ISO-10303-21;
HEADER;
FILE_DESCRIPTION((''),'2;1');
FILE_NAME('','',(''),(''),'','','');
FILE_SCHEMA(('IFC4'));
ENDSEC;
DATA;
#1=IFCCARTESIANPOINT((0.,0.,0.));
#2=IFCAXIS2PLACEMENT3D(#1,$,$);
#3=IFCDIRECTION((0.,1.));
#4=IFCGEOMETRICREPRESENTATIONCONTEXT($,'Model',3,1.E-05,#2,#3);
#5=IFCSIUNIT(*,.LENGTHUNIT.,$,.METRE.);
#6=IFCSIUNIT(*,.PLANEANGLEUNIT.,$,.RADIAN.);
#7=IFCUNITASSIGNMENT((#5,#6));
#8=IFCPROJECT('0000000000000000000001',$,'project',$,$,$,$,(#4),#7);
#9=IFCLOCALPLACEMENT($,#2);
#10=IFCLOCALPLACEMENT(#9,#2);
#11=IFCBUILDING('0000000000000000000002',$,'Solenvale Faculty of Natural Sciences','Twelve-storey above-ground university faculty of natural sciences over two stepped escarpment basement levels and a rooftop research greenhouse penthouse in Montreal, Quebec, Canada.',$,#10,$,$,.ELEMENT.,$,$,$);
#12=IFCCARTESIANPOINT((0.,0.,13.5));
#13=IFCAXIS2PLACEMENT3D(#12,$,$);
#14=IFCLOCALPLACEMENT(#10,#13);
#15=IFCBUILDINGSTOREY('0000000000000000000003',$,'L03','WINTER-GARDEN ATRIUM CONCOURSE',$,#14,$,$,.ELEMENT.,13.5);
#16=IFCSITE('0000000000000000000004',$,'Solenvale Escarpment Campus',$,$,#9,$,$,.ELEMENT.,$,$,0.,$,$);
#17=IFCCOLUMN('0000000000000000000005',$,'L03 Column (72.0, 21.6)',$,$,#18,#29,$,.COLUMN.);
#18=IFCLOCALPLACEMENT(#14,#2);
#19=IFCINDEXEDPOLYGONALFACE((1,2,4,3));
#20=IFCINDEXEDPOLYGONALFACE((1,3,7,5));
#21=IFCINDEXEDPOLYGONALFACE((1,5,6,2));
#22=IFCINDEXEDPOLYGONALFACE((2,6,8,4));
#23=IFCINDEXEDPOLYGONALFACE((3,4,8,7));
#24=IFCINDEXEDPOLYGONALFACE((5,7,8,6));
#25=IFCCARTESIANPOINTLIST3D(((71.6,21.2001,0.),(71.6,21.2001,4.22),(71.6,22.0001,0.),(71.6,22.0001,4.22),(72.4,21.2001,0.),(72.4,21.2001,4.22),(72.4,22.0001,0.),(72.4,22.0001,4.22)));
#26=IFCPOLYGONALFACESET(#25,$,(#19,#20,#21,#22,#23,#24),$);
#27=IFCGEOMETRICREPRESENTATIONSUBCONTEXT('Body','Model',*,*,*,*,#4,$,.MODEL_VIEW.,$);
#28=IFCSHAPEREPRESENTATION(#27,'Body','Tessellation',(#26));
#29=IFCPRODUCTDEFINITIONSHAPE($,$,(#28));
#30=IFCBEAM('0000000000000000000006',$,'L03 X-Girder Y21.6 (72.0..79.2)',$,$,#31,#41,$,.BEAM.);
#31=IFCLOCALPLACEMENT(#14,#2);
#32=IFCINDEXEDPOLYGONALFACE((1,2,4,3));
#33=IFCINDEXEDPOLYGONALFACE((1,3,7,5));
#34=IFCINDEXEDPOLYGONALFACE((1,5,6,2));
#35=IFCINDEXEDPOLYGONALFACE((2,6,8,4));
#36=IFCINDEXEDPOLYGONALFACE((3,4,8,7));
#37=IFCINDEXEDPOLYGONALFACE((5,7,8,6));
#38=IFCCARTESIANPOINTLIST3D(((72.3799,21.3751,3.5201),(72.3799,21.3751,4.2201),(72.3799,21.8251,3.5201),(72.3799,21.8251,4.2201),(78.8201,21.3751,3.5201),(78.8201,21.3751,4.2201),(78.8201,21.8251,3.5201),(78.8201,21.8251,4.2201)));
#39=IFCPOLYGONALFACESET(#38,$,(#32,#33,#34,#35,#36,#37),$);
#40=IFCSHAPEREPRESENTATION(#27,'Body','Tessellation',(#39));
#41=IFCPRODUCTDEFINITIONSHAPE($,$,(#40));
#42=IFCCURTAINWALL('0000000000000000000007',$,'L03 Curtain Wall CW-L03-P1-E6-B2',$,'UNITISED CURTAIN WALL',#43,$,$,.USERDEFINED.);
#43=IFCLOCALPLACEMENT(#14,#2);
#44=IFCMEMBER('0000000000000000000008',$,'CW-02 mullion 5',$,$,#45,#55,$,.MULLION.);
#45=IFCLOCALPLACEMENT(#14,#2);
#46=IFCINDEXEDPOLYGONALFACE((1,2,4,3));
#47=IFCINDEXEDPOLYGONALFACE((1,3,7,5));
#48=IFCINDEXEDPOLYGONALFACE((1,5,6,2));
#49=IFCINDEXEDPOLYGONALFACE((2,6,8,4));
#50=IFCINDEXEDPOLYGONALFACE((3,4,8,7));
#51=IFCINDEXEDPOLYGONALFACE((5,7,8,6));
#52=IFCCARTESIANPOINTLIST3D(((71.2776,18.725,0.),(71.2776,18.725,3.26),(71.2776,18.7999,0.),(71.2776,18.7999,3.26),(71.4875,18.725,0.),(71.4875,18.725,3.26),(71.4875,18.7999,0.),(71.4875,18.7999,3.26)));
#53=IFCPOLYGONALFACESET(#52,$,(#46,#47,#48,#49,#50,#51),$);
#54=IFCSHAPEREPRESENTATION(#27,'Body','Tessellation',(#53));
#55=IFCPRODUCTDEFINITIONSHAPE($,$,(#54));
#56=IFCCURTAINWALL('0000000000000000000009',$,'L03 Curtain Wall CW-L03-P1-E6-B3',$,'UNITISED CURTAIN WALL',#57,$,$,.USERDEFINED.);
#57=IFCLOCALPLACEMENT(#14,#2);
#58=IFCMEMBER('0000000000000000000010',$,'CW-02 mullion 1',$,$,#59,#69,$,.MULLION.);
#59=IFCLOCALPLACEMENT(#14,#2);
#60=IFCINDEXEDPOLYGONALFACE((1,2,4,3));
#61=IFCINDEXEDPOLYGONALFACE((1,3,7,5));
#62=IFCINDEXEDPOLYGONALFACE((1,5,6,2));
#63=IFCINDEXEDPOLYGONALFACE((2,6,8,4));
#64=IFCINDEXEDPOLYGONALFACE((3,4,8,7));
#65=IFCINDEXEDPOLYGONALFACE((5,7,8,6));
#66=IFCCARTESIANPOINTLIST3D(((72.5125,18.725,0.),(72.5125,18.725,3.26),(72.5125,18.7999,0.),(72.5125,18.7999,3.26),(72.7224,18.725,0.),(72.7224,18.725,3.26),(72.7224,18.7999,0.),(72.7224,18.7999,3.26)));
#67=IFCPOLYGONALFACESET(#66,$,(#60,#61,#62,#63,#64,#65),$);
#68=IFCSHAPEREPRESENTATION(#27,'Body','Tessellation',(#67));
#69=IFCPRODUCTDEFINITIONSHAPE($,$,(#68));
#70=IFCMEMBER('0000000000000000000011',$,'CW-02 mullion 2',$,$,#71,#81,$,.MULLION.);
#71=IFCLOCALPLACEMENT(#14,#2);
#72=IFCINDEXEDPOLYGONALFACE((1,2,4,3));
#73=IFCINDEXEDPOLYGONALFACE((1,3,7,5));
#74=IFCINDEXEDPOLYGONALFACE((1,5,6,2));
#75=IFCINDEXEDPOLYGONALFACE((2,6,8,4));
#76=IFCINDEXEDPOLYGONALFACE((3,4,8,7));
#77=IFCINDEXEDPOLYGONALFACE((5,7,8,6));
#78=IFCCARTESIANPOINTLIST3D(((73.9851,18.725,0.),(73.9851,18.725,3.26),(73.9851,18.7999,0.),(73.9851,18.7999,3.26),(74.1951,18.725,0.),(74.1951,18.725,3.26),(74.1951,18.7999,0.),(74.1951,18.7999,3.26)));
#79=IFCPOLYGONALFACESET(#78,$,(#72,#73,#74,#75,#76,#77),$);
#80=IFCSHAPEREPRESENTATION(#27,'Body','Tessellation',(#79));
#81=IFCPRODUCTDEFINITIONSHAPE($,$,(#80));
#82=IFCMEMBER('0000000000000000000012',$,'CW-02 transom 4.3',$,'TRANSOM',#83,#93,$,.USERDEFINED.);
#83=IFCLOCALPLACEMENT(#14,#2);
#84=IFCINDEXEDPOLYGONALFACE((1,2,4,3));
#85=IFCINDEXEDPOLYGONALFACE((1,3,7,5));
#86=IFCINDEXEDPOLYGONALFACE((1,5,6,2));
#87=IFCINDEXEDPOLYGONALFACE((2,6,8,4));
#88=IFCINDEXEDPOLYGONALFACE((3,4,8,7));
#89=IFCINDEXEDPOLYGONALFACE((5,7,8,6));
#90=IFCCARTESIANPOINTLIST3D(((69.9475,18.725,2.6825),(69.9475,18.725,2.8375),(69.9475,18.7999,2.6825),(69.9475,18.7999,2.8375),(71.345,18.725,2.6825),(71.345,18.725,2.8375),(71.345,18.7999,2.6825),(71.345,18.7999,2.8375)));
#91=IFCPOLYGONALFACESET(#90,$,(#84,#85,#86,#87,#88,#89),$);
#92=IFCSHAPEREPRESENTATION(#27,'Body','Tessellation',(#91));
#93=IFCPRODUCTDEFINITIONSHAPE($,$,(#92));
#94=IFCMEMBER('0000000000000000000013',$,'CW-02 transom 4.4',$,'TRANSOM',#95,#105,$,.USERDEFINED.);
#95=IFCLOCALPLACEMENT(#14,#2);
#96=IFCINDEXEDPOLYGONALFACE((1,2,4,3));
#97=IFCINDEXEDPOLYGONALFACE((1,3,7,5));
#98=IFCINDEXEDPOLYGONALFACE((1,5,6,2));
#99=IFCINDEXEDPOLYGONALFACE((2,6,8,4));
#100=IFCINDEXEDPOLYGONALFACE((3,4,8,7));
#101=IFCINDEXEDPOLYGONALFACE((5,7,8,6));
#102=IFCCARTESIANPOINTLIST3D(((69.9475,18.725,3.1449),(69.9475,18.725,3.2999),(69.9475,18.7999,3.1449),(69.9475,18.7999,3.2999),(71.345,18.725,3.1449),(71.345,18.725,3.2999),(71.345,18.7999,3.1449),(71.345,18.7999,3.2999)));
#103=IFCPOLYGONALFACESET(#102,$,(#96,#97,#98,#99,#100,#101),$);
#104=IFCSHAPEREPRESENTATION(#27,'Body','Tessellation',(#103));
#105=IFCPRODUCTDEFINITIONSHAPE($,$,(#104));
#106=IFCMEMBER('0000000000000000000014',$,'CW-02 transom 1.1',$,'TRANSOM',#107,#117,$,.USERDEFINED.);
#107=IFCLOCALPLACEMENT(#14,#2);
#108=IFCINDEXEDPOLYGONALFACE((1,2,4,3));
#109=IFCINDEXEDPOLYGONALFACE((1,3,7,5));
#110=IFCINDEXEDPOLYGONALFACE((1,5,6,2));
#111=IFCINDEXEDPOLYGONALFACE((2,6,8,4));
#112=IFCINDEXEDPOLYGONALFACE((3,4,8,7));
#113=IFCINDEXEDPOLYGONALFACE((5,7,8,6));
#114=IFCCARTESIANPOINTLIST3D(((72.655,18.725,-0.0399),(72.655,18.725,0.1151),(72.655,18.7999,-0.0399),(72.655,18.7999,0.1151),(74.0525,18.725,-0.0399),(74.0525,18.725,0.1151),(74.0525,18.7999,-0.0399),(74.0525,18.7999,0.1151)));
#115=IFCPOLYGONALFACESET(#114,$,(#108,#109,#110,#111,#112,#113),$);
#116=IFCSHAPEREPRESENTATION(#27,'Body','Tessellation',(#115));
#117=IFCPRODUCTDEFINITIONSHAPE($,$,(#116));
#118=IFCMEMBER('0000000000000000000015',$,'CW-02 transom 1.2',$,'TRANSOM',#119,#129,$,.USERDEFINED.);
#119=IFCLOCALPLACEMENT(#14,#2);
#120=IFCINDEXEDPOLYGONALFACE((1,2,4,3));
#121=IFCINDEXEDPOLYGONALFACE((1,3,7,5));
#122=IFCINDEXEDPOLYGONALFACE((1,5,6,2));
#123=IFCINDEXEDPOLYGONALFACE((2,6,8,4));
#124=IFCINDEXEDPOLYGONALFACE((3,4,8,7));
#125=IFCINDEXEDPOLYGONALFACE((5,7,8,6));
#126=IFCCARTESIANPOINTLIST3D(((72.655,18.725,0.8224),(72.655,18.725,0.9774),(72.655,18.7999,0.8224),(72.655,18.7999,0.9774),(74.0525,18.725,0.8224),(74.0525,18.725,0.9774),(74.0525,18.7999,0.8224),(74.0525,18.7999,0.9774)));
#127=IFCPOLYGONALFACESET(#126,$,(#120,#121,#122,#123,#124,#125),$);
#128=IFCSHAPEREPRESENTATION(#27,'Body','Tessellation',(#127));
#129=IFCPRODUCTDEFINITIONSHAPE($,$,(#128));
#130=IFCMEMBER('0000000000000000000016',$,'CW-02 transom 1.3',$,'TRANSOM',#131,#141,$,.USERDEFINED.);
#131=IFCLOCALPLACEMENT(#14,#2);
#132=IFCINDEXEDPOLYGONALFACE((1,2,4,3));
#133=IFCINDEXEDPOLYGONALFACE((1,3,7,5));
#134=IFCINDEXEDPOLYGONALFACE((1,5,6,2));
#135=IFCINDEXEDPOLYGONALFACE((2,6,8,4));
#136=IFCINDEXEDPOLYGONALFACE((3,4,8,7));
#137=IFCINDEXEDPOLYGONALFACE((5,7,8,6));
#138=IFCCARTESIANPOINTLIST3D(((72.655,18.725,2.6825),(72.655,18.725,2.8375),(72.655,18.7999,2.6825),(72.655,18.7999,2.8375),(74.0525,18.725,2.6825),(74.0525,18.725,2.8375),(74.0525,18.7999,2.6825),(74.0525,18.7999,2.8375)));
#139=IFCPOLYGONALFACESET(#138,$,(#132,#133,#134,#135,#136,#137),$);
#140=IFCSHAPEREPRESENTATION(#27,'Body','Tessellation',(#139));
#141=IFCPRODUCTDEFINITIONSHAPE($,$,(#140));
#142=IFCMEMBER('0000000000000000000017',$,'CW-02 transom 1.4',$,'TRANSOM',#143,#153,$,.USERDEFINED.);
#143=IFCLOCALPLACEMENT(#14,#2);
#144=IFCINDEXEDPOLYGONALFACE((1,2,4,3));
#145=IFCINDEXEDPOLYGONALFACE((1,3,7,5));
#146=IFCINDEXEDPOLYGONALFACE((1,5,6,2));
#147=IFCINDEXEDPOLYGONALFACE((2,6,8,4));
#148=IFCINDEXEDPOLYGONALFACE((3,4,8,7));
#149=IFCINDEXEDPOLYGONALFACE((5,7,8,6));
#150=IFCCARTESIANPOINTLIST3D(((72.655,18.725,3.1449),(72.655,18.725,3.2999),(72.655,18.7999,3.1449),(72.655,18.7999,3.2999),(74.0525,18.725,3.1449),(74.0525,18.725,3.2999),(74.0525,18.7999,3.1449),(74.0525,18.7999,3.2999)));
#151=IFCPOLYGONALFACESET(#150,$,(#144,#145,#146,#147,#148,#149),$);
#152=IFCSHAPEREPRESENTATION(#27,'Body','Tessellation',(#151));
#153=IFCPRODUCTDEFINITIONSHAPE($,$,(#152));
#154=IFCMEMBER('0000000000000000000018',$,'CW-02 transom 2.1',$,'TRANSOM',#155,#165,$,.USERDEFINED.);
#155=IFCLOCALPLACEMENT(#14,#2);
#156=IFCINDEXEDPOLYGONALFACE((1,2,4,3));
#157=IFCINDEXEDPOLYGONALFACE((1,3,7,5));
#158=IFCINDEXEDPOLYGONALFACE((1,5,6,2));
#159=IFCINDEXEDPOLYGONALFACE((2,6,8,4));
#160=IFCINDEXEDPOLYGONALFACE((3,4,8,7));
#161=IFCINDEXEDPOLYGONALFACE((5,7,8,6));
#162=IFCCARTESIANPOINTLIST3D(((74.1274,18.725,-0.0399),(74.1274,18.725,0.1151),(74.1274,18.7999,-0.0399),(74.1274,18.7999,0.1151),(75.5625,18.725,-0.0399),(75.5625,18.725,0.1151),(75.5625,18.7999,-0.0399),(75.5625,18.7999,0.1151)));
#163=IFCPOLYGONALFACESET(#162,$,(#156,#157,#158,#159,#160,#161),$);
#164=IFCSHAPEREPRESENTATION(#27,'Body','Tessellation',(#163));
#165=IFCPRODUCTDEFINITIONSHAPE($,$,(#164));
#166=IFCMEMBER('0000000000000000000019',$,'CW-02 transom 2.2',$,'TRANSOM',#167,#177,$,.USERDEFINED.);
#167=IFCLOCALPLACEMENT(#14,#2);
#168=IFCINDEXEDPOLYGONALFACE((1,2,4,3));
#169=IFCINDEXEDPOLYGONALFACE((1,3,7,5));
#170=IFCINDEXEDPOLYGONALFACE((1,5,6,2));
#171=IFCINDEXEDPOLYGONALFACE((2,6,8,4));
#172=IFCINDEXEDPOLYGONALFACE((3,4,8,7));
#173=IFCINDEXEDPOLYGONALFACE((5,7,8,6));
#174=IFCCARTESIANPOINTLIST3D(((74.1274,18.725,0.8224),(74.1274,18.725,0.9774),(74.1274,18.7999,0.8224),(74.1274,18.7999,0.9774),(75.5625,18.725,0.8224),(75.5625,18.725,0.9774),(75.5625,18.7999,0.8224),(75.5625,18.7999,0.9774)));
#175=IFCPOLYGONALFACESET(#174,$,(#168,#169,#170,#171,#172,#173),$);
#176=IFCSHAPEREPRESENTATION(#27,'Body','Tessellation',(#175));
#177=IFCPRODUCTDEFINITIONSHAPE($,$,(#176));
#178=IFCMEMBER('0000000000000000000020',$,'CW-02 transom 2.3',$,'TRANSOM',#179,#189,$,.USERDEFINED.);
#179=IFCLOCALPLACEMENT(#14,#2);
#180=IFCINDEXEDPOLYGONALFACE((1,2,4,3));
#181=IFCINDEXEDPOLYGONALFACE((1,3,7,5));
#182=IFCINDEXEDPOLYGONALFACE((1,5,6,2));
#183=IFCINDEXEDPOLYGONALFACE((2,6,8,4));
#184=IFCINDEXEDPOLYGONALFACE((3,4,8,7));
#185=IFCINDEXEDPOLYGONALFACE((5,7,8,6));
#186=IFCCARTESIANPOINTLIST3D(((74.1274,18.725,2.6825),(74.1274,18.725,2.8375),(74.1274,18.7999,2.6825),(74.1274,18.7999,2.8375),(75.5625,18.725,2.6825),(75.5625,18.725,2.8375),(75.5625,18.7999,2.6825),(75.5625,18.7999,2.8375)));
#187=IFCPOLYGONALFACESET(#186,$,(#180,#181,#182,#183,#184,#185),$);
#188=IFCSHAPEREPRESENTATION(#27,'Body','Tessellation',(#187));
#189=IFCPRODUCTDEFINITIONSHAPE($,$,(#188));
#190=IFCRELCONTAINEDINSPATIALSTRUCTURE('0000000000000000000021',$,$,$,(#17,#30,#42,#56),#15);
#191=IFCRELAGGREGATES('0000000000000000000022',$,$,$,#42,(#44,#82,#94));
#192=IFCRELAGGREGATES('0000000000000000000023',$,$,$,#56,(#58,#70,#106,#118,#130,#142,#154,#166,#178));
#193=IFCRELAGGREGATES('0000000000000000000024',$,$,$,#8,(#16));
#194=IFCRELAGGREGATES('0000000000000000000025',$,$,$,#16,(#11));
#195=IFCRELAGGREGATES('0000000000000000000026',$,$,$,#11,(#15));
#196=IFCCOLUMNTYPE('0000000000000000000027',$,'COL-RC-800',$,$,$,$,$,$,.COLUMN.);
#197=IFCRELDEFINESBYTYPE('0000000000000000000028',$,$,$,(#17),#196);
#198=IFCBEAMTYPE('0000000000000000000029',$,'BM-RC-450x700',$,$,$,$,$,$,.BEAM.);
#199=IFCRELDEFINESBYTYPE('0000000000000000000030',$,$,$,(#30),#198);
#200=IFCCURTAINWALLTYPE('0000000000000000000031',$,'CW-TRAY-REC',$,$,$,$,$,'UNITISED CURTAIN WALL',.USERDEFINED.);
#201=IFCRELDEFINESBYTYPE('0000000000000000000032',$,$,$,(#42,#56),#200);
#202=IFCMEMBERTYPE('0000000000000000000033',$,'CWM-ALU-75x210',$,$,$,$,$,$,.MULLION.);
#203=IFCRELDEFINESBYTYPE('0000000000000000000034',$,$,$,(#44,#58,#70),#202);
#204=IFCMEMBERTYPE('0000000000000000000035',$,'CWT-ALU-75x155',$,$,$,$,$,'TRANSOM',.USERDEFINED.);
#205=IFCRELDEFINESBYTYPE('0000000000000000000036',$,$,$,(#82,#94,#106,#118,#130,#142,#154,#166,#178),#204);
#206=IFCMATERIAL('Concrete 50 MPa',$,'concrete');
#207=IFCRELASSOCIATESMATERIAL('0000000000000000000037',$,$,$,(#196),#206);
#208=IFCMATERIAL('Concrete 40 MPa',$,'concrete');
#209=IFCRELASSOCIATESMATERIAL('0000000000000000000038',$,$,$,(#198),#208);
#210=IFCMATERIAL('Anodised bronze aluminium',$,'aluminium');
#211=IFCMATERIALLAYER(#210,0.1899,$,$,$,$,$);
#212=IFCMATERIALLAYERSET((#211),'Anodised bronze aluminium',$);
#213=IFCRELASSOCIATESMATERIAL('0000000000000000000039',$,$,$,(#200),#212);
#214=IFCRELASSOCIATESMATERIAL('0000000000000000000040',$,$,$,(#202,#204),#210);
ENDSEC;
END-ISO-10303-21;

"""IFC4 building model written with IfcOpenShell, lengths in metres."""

from ifc_helpers import new_model, si_unit, direction, frame, origin, origin_2d, place, context, subcontext, project, spatial, rectangle, extrude, material, layer, layer_set, material_profile, profile_set, type_object, element, aggregate, save


model = new_model("IFC4")

# Units and contexts
model_context = context("Model", 3, precision=1e-05, world=origin(), true_north=direction((0.0, 1.0)))
body_context = subcontext(model_context, "Body", "Model", "MODEL_VIEW")
ifc_project = project(units=[si_unit("LENGTHUNIT", "METRE"), si_unit("PLANEANGLEUNIT", "RADIAN")], contexts=[model_context])

# Site, building, storey
site_placement = place(None, origin())
site = spatial("IfcSite", under=ifc_project, at=site_placement, Name="Solenvale Escarpment Campus", CompositionType="ELEMENT", RefElevation=0.0)
building_placement = place(site_placement, origin())
building = spatial("IfcBuilding", under=site, at=building_placement, Name="Solenvale Faculty of Natural Sciences", Description="Twelve-storey above-ground university faculty of natural sciences over two stepped escarpment basement levels and a rooftop research greenhouse penthouse in Montreal, Quebec, Canada.", CompositionType="ELEMENT")
storey_placement = place(building_placement, frame((0.0, 0.0, 13.5)))
storey = spatial("IfcBuildingStorey", under=building, at=storey_placement, Name="L03", Description="WINTER-GARDEN ATRIUM CONCOURSE", CompositionType="ELEMENT", Elevation=13.5)

# Column
ifc_material_1 = material(Name="Concrete 50 MPa", Category="concrete")
ifc_material_profile_1 = material_profile(ifc_material_1, rectangle(XDim=0.8, YDim=0.8, at=origin_2d()), Name="RC-COL-800x800")
ifc_profile_set_1 = profile_set([ifc_material_profile_1], Name="Concrete 50 MPa")
column_type = type_object("IfcColumnType", Name="COL-RC-800", PredefinedType="COLUMN", material=ifc_profile_set_1)
column_placement = place(storey_placement, frame((72.0, 21.6001, 0.0), z_axis=(0.0, 0.0, 1.0), x_axis=(1.0, 0.0, 0.0)))
element("IfcColumn", 1, at=column_placement, inside=storey, type_object=column_type, Name="L03 Column (72.0, 21.6)", PredefinedType="COLUMN", context=body_context, shape_type="SweptSolid", body=[
    extrude(rectangle(XDim=0.8, YDim=0.8, at=origin_2d()), origin(), (0.0, 0.0, 1.0), 4.22),
])

# Beam
ifc_material_2 = material(Name="Concrete 40 MPa", Category="concrete")
ifc_material_profile_2 = material_profile(ifc_material_2, rectangle(XDim=0.45, YDim=0.7, at=origin_2d()), Name="RC-BM-450x700")
ifc_profile_set_2 = profile_set([ifc_material_profile_2], Name="Concrete 40 MPa")
beam_type = type_object("IfcBeamType", Name="BM-RC-450x700", PredefinedType="BEAM", material=ifc_profile_set_2)
beam_placement = place(storey_placement, frame((72.3799, 21.6001, 3.8701), z_axis=(1.0, 0.0, 0.0), x_axis=(0.0, 1.0, 0.0)))
element("IfcBeam", 2, at=beam_placement, inside=storey, type_object=beam_type, Name="L03 X-Girder Y21.6 (72.0..79.2)", PredefinedType="BEAM", context=body_context, shape_type="SweptSolid", body=[
    extrude(rectangle(XDim=0.45, YDim=0.7, at=origin_2d()), origin(), (0.0, 0.0, 1.0), 6.4402),
])

# Curtain wall, member
ifc_material_3 = material(Name="Anodised bronze aluminium", Category="aluminium")
ifc_layer_1 = layer(ifc_material_3, 0.1899)
ifc_layer_set_1 = layer_set([ifc_layer_1], Name="Anodised bronze aluminium")
curtain_wall_type = type_object("IfcCurtainWallType", Name="CW-TRAY-REC", ElementType="UNITISED CURTAIN WALL", PredefinedType="USERDEFINED", material=ifc_layer_set_1)
curtain_wall_1_placement = place(storey_placement, origin())
curtain_wall_1 = element("IfcCurtainWall", 3, at=curtain_wall_1_placement, inside=storey, type_object=curtain_wall_type, Name="L03 Curtain Wall CW-L03-P1-E6-B2", ObjectType="UNITISED CURTAIN WALL", PredefinedType="USERDEFINED")
ifc_material_profile_3 = material_profile(ifc_material_3, rectangle(XDim=0.075, YDim=0.21, at=origin_2d()), Name="ALU-MUL-75x210")
ifc_profile_set_3 = profile_set([ifc_material_profile_3], Name="Anodised bronze aluminium")
member_type_1 = type_object("IfcMemberType", Name="CWM-ALU-75x210", PredefinedType="MULLION", material=ifc_profile_set_3)
member_1_placement = place(storey_placement, frame((71.3826, 18.7625, 0.0), z_axis=(0.0, 0.0, 1.0), x_axis=(0.0, 1.0, 0.0)))
member_1 = element("IfcMember", 4, at=member_1_placement, type_object=member_type_1, Name="CW-02 mullion 5", PredefinedType="MULLION", context=body_context, shape_type="SweptSolid", body=[
    extrude(rectangle(XDim=0.075, YDim=0.21, at=origin_2d()), origin(), (0.0, 0.0, 1.0), 3.26),
])

# Curtain wall, members
curtain_wall_2_placement = place(storey_placement, origin())
curtain_wall_2 = element("IfcCurtainWall", 5, at=curtain_wall_2_placement, inside=storey, type_object=curtain_wall_type, Name="L03 Curtain Wall CW-L03-P1-E6-B3", ObjectType="UNITISED CURTAIN WALL", PredefinedType="USERDEFINED")
member_2_placement = place(storey_placement, frame((72.6174, 18.7625, 0.0), z_axis=(0.0, 0.0, 1.0), x_axis=(0.0, 1.0, 0.0)))
member_2 = element("IfcMember", 6, at=member_2_placement, type_object=member_type_1, Name="CW-02 mullion 1", PredefinedType="MULLION", context=body_context, shape_type="SweptSolid", body=[
    extrude(rectangle(XDim=0.075, YDim=0.21, at=origin_2d()), origin(), (0.0, 0.0, 1.0), 3.26),
])
member_3_placement = place(storey_placement, frame((74.0901, 18.7625, 0.0), z_axis=(0.0, 0.0, 1.0), x_axis=(0.0, 1.0, 0.0)))
member_3 = element("IfcMember", 7, at=member_3_placement, type_object=member_type_1, Name="CW-02 mullion 2", PredefinedType="MULLION", context=body_context, shape_type="SweptSolid", body=[
    extrude(rectangle(XDim=0.075, YDim=0.21, at=origin_2d()), origin(), (0.0, 0.0, 1.0), 3.26),
])

# Members
ifc_material_profile_4 = material_profile(ifc_material_3, rectangle(XDim=0.075, YDim=0.155, at=origin_2d()), Name="ALU-TRN-75x155")
ifc_profile_set_4 = profile_set([ifc_material_profile_4], Name="Anodised bronze aluminium")
member_type_2 = type_object("IfcMemberType", Name="CWT-ALU-75x155", ElementType="TRANSOM", PredefinedType="USERDEFINED", material=ifc_profile_set_4)
member_4_placement = place(storey_placement, frame((69.9475, 18.7625, 2.76), z_axis=(1.0, 0.0, 0.0), x_axis=(0.0, 1.0, 0.0)))
member_4 = element("IfcMember", 8, at=member_4_placement, type_object=member_type_2, Name="CW-02 transom 4.3", ObjectType="TRANSOM", PredefinedType="USERDEFINED", context=body_context, shape_type="SweptSolid", body=[
    extrude(rectangle(XDim=0.075, YDim=0.155, at=origin_2d()), origin(), (0.0, 0.0, 1.0), 1.3975),
])
member_5_placement = place(storey_placement, frame((69.9475, 18.7625, 3.2224), z_axis=(1.0, 0.0, 0.0), x_axis=(0.0, 1.0, 0.0)))
member_5 = element("IfcMember", 9, at=member_5_placement, type_object=member_type_2, Name="CW-02 transom 4.4", ObjectType="TRANSOM", PredefinedType="USERDEFINED", context=body_context, shape_type="SweptSolid", body=[
    extrude(rectangle(XDim=0.075, YDim=0.155, at=origin_2d()), origin(), (0.0, 0.0, 1.0), 1.3975),
])
member_6_placement = place(storey_placement, frame((72.655, 18.7625, 0.0376), z_axis=(1.0, 0.0, 0.0), x_axis=(0.0, 1.0, 0.0)))
member_6 = element("IfcMember", 10, at=member_6_placement, type_object=member_type_2, Name="CW-02 transom 1.1", ObjectType="TRANSOM", PredefinedType="USERDEFINED", context=body_context, shape_type="SweptSolid", body=[
    extrude(rectangle(XDim=0.075, YDim=0.155, at=origin_2d()), origin(), (0.0, 0.0, 1.0), 1.3975),
])
member_7_placement = place(storey_placement, frame((72.655, 18.7625, 0.8999), z_axis=(1.0, 0.0, 0.0), x_axis=(0.0, 1.0, 0.0)))
member_7 = element("IfcMember", 11, at=member_7_placement, type_object=member_type_2, Name="CW-02 transom 1.2", ObjectType="TRANSOM", PredefinedType="USERDEFINED", context=body_context, shape_type="SweptSolid", body=[
    extrude(rectangle(XDim=0.075, YDim=0.155, at=origin_2d()), origin(), (0.0, 0.0, 1.0), 1.3975),
])
member_8_placement = place(storey_placement, frame((72.655, 18.7625, 2.76), z_axis=(1.0, 0.0, 0.0), x_axis=(0.0, 1.0, 0.0)))
member_8 = element("IfcMember", 12, at=member_8_placement, type_object=member_type_2, Name="CW-02 transom 1.3", ObjectType="TRANSOM", PredefinedType="USERDEFINED", context=body_context, shape_type="SweptSolid", body=[
    extrude(rectangle(XDim=0.075, YDim=0.155, at=origin_2d()), origin(), (0.0, 0.0, 1.0), 1.3975),
])
member_9_placement = place(storey_placement, frame((72.655, 18.7625, 3.2224), z_axis=(1.0, 0.0, 0.0), x_axis=(0.0, 1.0, 0.0)))
member_9 = element("IfcMember", 13, at=member_9_placement, type_object=member_type_2, Name="CW-02 transom 1.4", ObjectType="TRANSOM", PredefinedType="USERDEFINED", context=body_context, shape_type="SweptSolid", body=[
    extrude(rectangle(XDim=0.075, YDim=0.155, at=origin_2d()), origin(), (0.0, 0.0, 1.0), 1.3975),
])
member_10_placement = place(storey_placement, frame((74.1274, 18.7625, 0.0376), z_axis=(1.0, 0.0, 0.0), x_axis=(0.0, 1.0, 0.0)))
member_10 = element("IfcMember", 14, at=member_10_placement, type_object=member_type_2, Name="CW-02 transom 2.1", ObjectType="TRANSOM", PredefinedType="USERDEFINED", context=body_context, shape_type="SweptSolid", body=[
    extrude(rectangle(XDim=0.075, YDim=0.155, at=origin_2d()), origin(), (0.0, 0.0, 1.0), 1.4351),
])
member_11_placement = place(storey_placement, frame((74.1274, 18.7625, 0.8999), z_axis=(1.0, 0.0, 0.0), x_axis=(0.0, 1.0, 0.0)))
member_11 = element("IfcMember", 15, at=member_11_placement, type_object=member_type_2, Name="CW-02 transom 2.2", ObjectType="TRANSOM", PredefinedType="USERDEFINED", context=body_context, shape_type="SweptSolid", body=[
    extrude(rectangle(XDim=0.075, YDim=0.155, at=origin_2d()), origin(), (0.0, 0.0, 1.0), 1.4351),
])
member_12_placement = place(storey_placement, frame((74.1274, 18.7625, 2.76), z_axis=(1.0, 0.0, 0.0), x_axis=(0.0, 1.0, 0.0)))
member_12 = element("IfcMember", 16, at=member_12_placement, type_object=member_type_2, Name="CW-02 transom 2.3", ObjectType="TRANSOM", PredefinedType="USERDEFINED", context=body_context, shape_type="SweptSolid", body=[
    extrude(rectangle(XDim=0.075, YDim=0.155, at=origin_2d()), origin(), (0.0, 0.0, 1.0), 1.4351),
])

aggregate(curtain_wall_1, [member_1, member_4, member_5])
aggregate(curtain_wall_2, [member_2, member_3, member_6, member_7, member_8, member_9, member_10, member_11, member_12])

save(model, "model.ifc")
